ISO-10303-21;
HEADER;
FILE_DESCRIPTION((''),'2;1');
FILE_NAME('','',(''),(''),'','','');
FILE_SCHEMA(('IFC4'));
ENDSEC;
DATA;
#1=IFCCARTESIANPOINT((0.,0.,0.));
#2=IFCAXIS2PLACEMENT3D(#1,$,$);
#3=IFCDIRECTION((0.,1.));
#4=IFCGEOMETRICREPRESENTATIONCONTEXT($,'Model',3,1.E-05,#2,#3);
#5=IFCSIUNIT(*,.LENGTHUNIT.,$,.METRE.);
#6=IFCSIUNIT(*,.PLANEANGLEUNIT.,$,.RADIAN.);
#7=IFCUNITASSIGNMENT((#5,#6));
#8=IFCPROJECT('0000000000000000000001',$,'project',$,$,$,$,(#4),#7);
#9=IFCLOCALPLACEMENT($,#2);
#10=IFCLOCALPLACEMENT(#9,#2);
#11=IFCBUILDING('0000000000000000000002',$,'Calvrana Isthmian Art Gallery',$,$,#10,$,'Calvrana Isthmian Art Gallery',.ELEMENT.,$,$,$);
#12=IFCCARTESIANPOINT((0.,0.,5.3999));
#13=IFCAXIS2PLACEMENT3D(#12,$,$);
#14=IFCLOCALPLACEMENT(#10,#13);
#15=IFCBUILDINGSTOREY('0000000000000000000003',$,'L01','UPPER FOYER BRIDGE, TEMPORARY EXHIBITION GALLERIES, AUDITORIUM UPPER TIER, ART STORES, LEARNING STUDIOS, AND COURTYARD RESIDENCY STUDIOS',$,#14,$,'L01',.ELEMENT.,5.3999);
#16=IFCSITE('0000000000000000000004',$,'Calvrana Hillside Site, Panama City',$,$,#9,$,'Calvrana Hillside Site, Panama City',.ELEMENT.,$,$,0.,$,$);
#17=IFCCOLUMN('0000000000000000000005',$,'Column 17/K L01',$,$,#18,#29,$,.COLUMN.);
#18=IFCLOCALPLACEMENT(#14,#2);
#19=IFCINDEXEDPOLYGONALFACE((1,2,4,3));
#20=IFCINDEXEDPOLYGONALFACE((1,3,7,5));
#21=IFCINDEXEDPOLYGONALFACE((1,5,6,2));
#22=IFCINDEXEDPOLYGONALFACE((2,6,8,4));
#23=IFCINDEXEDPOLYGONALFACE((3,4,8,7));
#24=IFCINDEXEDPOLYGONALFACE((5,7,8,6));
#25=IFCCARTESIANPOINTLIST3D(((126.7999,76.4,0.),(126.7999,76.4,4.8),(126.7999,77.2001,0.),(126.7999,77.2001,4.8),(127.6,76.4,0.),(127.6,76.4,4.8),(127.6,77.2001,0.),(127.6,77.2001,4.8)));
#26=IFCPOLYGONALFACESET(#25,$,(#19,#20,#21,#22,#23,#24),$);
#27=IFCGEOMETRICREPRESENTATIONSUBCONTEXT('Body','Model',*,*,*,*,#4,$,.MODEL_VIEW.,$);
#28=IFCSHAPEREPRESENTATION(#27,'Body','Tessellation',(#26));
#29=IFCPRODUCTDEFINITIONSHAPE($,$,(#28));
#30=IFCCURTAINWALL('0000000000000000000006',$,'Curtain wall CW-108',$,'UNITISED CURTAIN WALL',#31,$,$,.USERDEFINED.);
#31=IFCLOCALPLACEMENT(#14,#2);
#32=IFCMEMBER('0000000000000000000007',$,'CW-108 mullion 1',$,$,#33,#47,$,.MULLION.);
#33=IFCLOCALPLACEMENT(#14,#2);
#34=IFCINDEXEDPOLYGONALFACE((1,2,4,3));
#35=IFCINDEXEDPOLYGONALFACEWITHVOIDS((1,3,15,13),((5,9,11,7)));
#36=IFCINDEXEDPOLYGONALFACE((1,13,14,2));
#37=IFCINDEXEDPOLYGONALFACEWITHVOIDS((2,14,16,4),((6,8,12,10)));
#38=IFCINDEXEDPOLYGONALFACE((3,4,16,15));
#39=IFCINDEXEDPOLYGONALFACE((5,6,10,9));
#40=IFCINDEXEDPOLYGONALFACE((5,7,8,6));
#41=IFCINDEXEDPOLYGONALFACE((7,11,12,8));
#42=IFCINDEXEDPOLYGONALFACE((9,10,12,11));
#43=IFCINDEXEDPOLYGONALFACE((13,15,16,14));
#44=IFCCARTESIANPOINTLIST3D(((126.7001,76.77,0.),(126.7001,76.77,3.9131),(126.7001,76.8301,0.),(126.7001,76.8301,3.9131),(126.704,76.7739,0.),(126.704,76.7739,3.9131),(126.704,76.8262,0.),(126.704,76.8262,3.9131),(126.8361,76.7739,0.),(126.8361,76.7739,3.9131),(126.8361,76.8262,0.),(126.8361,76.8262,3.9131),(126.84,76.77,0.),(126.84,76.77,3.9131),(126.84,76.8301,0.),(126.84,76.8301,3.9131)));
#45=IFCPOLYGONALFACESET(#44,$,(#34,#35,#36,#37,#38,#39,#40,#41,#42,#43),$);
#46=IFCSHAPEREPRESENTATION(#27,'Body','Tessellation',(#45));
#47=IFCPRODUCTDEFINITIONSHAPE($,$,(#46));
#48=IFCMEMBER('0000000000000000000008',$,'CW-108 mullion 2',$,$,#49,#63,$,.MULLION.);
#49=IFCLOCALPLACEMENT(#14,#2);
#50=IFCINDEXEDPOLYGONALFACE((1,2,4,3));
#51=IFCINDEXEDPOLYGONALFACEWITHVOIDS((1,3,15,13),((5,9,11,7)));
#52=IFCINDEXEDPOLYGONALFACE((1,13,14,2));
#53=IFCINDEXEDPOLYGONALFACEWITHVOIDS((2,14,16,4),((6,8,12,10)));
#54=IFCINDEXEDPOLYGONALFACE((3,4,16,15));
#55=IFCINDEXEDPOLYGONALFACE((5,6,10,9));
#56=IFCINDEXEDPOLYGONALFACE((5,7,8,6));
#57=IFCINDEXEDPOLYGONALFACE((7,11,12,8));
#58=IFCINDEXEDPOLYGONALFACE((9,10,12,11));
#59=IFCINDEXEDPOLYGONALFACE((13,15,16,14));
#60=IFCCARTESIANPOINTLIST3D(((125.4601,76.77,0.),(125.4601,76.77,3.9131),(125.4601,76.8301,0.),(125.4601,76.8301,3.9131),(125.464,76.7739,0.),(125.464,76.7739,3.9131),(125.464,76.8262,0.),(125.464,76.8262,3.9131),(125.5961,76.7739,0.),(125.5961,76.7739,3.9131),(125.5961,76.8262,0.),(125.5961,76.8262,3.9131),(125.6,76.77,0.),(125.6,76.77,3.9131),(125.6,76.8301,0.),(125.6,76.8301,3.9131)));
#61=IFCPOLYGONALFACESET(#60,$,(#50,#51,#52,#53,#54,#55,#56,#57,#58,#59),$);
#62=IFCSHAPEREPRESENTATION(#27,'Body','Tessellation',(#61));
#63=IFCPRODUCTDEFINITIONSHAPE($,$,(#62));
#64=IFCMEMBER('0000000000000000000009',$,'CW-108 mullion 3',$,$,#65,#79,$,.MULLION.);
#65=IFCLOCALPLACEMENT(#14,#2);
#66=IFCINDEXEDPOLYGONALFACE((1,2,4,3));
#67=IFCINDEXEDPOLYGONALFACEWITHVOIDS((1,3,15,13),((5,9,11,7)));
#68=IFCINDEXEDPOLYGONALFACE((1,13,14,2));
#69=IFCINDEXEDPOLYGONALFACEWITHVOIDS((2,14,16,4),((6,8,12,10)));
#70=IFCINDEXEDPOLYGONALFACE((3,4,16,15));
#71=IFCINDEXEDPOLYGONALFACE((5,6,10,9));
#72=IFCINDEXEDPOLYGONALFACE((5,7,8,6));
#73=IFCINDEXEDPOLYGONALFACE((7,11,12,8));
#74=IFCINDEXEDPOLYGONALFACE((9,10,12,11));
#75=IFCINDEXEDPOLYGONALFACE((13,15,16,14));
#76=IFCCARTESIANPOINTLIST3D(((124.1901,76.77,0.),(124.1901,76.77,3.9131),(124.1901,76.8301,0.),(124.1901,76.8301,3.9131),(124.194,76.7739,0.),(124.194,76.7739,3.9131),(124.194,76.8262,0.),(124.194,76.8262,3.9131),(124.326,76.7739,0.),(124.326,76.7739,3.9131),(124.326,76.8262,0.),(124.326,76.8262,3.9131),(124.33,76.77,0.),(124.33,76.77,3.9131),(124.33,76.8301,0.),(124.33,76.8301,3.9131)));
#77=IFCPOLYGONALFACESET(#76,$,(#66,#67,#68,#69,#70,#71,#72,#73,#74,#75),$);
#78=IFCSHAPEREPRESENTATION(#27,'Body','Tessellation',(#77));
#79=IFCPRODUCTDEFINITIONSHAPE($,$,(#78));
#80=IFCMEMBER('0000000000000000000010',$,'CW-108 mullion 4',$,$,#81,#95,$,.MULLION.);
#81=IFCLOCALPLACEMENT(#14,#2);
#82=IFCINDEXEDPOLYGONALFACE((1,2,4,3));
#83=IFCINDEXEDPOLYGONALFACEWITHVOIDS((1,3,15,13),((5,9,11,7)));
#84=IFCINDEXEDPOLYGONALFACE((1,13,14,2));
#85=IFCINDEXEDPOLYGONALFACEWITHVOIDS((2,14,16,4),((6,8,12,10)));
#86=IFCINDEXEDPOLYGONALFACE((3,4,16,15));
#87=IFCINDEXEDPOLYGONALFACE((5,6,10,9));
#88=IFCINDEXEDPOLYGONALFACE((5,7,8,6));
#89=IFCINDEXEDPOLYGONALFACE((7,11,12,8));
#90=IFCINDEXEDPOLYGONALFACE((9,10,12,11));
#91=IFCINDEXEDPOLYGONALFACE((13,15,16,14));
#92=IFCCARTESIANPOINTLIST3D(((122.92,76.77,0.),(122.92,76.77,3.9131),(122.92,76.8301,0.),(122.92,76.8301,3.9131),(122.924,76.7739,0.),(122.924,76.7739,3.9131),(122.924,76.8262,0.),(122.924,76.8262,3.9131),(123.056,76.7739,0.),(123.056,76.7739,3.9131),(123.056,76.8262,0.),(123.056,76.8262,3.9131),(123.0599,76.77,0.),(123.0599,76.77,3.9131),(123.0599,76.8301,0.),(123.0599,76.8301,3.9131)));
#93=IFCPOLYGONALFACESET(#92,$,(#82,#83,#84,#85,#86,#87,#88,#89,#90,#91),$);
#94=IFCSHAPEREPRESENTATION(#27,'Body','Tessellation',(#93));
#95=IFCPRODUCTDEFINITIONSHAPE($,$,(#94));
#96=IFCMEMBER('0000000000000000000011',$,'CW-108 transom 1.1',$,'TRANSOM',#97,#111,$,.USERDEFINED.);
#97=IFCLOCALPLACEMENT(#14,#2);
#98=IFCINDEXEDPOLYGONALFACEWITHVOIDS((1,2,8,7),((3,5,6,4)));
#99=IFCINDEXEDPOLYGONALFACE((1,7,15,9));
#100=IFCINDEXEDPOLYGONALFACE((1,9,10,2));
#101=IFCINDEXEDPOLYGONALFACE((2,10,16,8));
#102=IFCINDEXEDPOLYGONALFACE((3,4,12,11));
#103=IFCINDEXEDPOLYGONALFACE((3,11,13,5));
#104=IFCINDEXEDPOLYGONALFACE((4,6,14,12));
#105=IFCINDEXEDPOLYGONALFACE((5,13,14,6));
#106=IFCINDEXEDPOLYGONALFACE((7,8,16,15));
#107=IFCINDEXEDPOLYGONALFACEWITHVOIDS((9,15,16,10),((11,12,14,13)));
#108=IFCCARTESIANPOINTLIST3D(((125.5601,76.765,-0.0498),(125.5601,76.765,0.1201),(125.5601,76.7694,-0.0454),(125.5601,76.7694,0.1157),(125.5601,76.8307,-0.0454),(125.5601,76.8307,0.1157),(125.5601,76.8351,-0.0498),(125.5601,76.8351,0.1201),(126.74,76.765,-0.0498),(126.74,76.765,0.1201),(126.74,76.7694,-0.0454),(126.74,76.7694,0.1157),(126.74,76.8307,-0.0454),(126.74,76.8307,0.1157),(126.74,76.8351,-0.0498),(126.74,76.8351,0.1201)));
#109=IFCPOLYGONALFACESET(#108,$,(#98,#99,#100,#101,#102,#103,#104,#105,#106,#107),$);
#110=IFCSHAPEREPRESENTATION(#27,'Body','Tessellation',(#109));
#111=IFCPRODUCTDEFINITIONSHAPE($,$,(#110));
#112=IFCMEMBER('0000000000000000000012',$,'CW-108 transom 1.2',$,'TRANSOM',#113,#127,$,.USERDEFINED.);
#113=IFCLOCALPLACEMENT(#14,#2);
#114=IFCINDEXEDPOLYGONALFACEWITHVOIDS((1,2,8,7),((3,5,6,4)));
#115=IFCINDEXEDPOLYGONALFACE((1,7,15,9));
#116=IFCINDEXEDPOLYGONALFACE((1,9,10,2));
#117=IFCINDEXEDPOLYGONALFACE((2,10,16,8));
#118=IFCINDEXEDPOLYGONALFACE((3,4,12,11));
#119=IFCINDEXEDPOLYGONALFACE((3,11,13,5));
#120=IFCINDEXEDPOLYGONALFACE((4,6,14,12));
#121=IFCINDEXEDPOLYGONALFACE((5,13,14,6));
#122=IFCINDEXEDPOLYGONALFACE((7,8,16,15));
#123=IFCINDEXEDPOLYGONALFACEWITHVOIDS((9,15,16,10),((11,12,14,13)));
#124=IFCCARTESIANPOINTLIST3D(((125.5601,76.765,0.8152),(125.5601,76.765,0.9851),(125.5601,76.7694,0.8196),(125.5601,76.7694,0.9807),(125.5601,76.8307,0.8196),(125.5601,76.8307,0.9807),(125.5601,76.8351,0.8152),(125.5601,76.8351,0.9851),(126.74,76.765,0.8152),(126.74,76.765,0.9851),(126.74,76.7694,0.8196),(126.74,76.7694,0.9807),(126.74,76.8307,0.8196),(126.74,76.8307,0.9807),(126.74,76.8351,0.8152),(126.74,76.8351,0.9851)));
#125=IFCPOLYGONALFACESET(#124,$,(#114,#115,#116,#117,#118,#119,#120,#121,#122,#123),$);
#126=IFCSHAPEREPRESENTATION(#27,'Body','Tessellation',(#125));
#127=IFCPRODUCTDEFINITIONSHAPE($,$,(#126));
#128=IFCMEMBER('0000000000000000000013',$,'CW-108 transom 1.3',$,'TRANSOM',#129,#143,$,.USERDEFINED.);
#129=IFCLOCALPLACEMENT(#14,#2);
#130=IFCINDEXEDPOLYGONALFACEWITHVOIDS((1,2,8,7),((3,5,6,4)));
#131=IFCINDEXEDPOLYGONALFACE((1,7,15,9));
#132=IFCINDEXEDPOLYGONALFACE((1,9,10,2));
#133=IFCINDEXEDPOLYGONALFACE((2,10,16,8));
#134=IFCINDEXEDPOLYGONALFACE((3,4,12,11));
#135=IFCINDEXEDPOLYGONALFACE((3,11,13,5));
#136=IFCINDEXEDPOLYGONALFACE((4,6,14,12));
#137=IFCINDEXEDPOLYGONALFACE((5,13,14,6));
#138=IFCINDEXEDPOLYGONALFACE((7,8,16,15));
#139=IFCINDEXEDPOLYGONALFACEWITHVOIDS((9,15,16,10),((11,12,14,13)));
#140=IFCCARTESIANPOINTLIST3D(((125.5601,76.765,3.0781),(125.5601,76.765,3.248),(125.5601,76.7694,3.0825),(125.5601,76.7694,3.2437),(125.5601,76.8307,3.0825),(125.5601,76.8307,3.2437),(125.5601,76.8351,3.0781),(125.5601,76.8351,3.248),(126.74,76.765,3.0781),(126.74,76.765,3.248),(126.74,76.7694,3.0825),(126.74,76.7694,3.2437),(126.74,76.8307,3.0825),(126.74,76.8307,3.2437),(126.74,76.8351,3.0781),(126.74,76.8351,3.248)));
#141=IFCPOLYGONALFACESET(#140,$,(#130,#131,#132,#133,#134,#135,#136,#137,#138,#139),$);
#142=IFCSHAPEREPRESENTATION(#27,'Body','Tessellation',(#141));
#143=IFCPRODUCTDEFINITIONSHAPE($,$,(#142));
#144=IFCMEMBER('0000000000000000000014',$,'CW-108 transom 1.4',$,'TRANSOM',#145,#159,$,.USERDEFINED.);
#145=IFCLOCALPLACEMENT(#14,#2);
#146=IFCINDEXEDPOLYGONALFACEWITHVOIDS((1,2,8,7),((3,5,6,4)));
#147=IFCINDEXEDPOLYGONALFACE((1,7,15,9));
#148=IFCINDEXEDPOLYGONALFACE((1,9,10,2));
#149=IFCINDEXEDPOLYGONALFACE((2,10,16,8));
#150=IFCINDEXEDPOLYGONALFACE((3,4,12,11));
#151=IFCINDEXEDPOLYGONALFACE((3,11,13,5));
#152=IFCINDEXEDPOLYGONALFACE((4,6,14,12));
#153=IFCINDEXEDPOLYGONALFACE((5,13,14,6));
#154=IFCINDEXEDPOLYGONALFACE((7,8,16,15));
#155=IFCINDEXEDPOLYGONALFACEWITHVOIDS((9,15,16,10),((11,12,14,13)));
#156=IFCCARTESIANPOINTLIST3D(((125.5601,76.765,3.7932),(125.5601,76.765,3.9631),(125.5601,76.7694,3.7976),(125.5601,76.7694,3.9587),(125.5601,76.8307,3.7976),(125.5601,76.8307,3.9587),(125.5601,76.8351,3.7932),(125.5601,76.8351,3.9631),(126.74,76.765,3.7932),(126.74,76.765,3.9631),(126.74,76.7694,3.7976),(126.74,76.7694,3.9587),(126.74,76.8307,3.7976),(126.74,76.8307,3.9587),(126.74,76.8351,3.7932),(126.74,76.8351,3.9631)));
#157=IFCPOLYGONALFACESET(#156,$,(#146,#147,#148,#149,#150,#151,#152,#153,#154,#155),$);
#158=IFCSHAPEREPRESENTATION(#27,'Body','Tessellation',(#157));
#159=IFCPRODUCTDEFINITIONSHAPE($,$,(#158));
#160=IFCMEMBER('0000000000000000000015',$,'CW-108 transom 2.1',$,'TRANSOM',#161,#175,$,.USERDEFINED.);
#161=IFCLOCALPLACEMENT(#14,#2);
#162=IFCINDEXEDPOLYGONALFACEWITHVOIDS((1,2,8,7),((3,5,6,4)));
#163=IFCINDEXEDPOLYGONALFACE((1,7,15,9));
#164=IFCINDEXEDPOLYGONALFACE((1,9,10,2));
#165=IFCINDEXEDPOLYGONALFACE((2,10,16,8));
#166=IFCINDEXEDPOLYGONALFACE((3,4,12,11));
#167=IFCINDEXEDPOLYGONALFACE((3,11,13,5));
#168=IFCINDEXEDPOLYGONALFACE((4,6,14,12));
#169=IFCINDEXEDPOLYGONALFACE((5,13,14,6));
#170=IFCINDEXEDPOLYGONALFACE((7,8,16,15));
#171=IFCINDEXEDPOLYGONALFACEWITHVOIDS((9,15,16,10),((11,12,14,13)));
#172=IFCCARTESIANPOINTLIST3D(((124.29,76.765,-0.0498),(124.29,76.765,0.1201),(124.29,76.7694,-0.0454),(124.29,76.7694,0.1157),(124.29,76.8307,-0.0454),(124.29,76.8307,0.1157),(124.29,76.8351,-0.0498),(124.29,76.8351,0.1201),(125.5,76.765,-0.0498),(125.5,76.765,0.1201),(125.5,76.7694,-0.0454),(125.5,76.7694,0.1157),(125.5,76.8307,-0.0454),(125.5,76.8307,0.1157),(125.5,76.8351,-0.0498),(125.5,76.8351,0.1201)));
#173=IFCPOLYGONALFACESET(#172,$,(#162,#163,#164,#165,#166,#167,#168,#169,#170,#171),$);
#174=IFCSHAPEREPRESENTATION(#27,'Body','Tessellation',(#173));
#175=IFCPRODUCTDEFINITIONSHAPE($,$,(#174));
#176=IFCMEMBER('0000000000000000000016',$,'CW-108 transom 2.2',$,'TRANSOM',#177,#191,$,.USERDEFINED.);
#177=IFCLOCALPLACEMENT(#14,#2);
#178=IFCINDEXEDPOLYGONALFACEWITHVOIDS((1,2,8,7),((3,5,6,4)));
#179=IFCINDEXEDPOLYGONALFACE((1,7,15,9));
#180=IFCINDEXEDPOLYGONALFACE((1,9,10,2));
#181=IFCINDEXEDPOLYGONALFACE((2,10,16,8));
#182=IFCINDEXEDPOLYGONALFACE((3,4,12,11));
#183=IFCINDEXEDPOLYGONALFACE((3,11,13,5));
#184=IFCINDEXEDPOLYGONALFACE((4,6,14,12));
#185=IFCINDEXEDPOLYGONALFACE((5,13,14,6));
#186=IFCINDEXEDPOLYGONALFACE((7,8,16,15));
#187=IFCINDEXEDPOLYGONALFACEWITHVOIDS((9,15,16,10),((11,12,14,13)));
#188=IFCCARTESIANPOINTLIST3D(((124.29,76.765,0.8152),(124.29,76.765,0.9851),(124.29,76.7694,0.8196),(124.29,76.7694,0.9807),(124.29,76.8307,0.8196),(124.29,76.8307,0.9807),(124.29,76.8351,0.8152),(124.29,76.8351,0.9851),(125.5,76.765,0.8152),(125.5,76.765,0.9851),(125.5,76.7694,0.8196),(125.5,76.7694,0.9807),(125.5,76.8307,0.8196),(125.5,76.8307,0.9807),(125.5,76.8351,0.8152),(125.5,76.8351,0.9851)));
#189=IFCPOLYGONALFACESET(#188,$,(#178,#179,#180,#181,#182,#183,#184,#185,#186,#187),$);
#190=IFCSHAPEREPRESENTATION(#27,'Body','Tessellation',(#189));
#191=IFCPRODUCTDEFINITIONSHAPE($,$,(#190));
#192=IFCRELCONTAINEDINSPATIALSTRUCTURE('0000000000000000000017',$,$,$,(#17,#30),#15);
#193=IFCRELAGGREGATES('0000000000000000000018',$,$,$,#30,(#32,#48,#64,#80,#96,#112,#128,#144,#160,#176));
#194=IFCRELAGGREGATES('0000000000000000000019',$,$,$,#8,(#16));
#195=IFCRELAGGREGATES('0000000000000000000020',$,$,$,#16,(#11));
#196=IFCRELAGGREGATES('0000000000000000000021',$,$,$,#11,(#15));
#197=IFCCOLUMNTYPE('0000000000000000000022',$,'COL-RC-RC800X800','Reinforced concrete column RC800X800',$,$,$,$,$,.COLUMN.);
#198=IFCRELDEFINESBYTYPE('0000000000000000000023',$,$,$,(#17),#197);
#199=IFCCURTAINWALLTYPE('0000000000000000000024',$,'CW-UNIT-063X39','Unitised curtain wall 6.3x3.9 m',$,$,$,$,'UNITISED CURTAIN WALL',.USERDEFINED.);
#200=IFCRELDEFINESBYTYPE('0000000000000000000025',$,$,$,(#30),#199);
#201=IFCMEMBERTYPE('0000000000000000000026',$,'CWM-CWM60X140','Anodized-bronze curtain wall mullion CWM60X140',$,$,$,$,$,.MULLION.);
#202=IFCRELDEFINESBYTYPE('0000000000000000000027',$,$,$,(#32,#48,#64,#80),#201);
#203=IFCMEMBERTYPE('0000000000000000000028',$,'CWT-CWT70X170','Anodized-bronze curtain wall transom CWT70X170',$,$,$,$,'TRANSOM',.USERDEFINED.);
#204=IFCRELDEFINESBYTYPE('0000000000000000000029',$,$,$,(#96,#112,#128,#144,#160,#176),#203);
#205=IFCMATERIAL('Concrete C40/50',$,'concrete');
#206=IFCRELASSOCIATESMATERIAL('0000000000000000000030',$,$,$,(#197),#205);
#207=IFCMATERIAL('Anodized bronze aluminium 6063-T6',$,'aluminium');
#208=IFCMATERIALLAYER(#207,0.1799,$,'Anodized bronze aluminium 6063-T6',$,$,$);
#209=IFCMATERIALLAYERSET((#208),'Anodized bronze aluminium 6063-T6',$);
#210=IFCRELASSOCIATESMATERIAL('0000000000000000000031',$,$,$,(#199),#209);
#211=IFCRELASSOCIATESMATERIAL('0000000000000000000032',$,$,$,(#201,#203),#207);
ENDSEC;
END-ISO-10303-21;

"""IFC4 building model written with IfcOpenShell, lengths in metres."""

from ifc_helpers import new_model, si_unit, direction, frame, origin, origin_2d, place, context, subcontext, project, spatial, rectangle, hollow_rectangle, extrude, material, layer, layer_set, material_profile, profile_set, type_object, element, aggregate, save


model = new_model("IFC4")

# Units and contexts
model_context = context("Model", 3, precision=1e-05, world=origin(), true_north=direction((0.0, 1.0)))
body_context = subcontext(model_context, "Body", "Model", "MODEL_VIEW")
ifc_project = project(units=[si_unit("LENGTHUNIT", "METRE"), si_unit("PLANEANGLEUNIT", "RADIAN")], contexts=[model_context])

# Site, building, storey
site_placement = place(None, origin())
site = spatial("IfcSite", under=ifc_project, at=site_placement, Name="Calvrana Hillside Site, Panama City", LongName="Calvrana Hillside Site, Panama City", CompositionType="ELEMENT", RefElevation=0.0)
building_placement = place(site_placement, origin())
building = spatial("IfcBuilding", under=site, at=building_placement, Name="Calvrana Isthmian Art Gallery", LongName="Calvrana Isthmian Art Gallery", CompositionType="ELEMENT")
storey_placement = place(building_placement, frame((0.0, 0.0, 5.3999)))
storey = spatial("IfcBuildingStorey", under=building, at=storey_placement, Name="L01", Description="UPPER FOYER BRIDGE, TEMPORARY EXHIBITION GALLERIES, AUDITORIUM UPPER TIER, ART STORES, LEARNING STUDIOS, AND COURTYARD RESIDENCY STUDIOS", LongName="L01", CompositionType="ELEMENT", Elevation=5.3999)

# Column
ifc_material_1 = material(Name="Concrete C40/50", Category="concrete")
ifc_material_profile_1 = material_profile(ifc_material_1, rectangle(XDim=0.8, YDim=0.8, at=origin_2d()), Name="RC800X800")
ifc_profile_set_1 = profile_set([ifc_material_profile_1], Name="Concrete C40/50")
column_type = type_object("IfcColumnType", Name="COL-RC-RC800X800", Description="Reinforced concrete column RC800X800", PredefinedType="COLUMN", material=ifc_profile_set_1)
column_placement = place(storey_placement, frame((127.2, 76.8, 0.0), z_axis=(0.0, 0.0, 1.0), x_axis=(1.0, 0.0, 0.0)))
element("IfcColumn", 1, at=column_placement, inside=storey, type_object=column_type, Name="Column 17/K L01", PredefinedType="COLUMN", context=body_context, shape_type="SweptSolid", body=[
    extrude(rectangle(XDim=0.8, YDim=0.8, at=origin_2d()), origin(), (0.0, 0.0, 1.0), 4.8),
])

# Curtain wall, members
ifc_material_2 = material(Name="Anodized bronze aluminium 6063-T6", Category="aluminium")
ifc_layer_1 = layer(ifc_material_2, 0.1799, Name="Anodized bronze aluminium 6063-T6")
ifc_layer_set_1 = layer_set([ifc_layer_1], Name="Anodized bronze aluminium 6063-T6")
curtain_wall_type = type_object("IfcCurtainWallType", Name="CW-UNIT-063X39", Description="Unitised curtain wall 6.3x3.9 m", ElementType="UNITISED CURTAIN WALL", PredefinedType="USERDEFINED", material=ifc_layer_set_1)
curtain_wall_placement = place(storey_placement, origin())
curtain_wall = element("IfcCurtainWall", 2, at=curtain_wall_placement, inside=storey, type_object=curtain_wall_type, Name="Curtain wall CW-108", ObjectType="UNITISED CURTAIN WALL", PredefinedType="USERDEFINED")
ifc_material_profile_2 = material_profile(ifc_material_2, hollow_rectangle(XDim=0.0601, YDim=0.1399, WallThickness=0.0039, at=origin_2d()), Name="CWM60X140")
ifc_profile_set_2 = profile_set([ifc_material_profile_2], Name="Anodized bronze aluminium 6063-T6")
member_type_1 = type_object("IfcMemberType", Name="CWM-CWM60X140", Description="Anodized-bronze curtain wall mullion CWM60X140", PredefinedType="MULLION", material=ifc_profile_set_2)
member_1_placement = place(storey_placement, frame((126.77, 76.8, 0.0), z_axis=(0.0, 0.0, 1.0), x_axis=(0.0, -1.0, 0.0)))
member_1 = element("IfcMember", 3, at=member_1_placement, type_object=member_type_1, Name="CW-108 mullion 1", PredefinedType="MULLION", context=body_context, shape_type="SweptSolid", body=[
    extrude(hollow_rectangle(XDim=0.0601, YDim=0.1399, WallThickness=0.0039, at=origin_2d()), origin(), (0.0, 0.0, 1.0), 3.9131),
])
member_2_placement = place(storey_placement, frame((125.53, 76.8, 0.0), z_axis=(0.0, 0.0, 1.0), x_axis=(0.0, -1.0, 0.0)))
member_2 = element("IfcMember", 4, at=member_2_placement, type_object=member_type_1, Name="CW-108 mullion 2", PredefinedType="MULLION", context=body_context, shape_type="SweptSolid", body=[
    extrude(hollow_rectangle(XDim=0.0601, YDim=0.1399, WallThickness=0.0039, at=origin_2d()), origin(), (0.0, 0.0, 1.0), 3.9131),
])
member_3_placement = place(storey_placement, frame((124.26, 76.8, 0.0), z_axis=(0.0, 0.0, 1.0), x_axis=(0.0, -1.0, 0.0)))
member_3 = element("IfcMember", 5, at=member_3_placement, type_object=member_type_1, Name="CW-108 mullion 3", PredefinedType="MULLION", context=body_context, shape_type="SweptSolid", body=[
    extrude(hollow_rectangle(XDim=0.0601, YDim=0.1399, WallThickness=0.0039, at=origin_2d()), origin(), (0.0, 0.0, 1.0), 3.9131),
])
member_4_placement = place(storey_placement, frame((122.99, 76.8, 0.0), z_axis=(0.0, 0.0, 1.0), x_axis=(0.0, -1.0, 0.0)))
member_4 = element("IfcMember", 6, at=member_4_placement, type_object=member_type_1, Name="CW-108 mullion 4", PredefinedType="MULLION", context=body_context, shape_type="SweptSolid", body=[
    extrude(hollow_rectangle(XDim=0.0601, YDim=0.1399, WallThickness=0.0039, at=origin_2d()), origin(), (0.0, 0.0, 1.0), 3.9131),
])
ifc_material_profile_3 = material_profile(ifc_material_2, hollow_rectangle(XDim=0.0701, YDim=0.1699, WallThickness=0.0044, at=origin_2d()), Name="CWT70X170")
ifc_profile_set_3 = profile_set([ifc_material_profile_3], Name="Anodized bronze aluminium 6063-T6")
member_type_2 = type_object("IfcMemberType", Name="CWT-CWT70X170", Description="Anodized-bronze curtain wall transom CWT70X170", ElementType="TRANSOM", PredefinedType="USERDEFINED", material=ifc_profile_set_3)
member_5_placement = place(storey_placement, frame((126.74, 76.8, 0.0352), z_axis=(-1.0, 0.0, 0.0), x_axis=(0.0, -1.0, 0.0)))
member_5 = element("IfcMember", 7, at=member_5_placement, type_object=member_type_2, Name="CW-108 transom 1.1", ObjectType="TRANSOM", PredefinedType="USERDEFINED", context=body_context, shape_type="SweptSolid", body=[
    extrude(hollow_rectangle(XDim=0.0701, YDim=0.1699, WallThickness=0.0044, at=origin_2d()), origin(), (0.0, 0.0, 1.0), 1.1799),
])
member_6_placement = place(storey_placement, frame((126.74, 76.8, 0.9001), z_axis=(-1.0, 0.0, 0.0), x_axis=(0.0, -1.0, 0.0)))
member_6 = element("IfcMember", 8, at=member_6_placement, type_object=member_type_2, Name="CW-108 transom 1.2", ObjectType="TRANSOM", PredefinedType="USERDEFINED", context=body_context, shape_type="SweptSolid", body=[
    extrude(hollow_rectangle(XDim=0.0701, YDim=0.1699, WallThickness=0.0044, at=origin_2d()), origin(), (0.0, 0.0, 1.0), 1.1799),
])
member_7_placement = place(storey_placement, frame((126.74, 76.8, 3.1631), z_axis=(-1.0, 0.0, 0.0), x_axis=(0.0, -1.0, 0.0)))
member_7 = element("IfcMember", 9, at=member_7_placement, type_object=member_type_2, Name="CW-108 transom 1.3", ObjectType="TRANSOM", PredefinedType="USERDEFINED", context=body_context, shape_type="SweptSolid", body=[
    extrude(hollow_rectangle(XDim=0.0701, YDim=0.1699, WallThickness=0.0044, at=origin_2d()), origin(), (0.0, 0.0, 1.0), 1.1799),
])
member_8_placement = place(storey_placement, frame((126.74, 76.8, 3.8782), z_axis=(-1.0, 0.0, 0.0), x_axis=(0.0, -1.0, 0.0)))
member_8 = element("IfcMember", 10, at=member_8_placement, type_object=member_type_2, Name="CW-108 transom 1.4", ObjectType="TRANSOM", PredefinedType="USERDEFINED", context=body_context, shape_type="SweptSolid", body=[
    extrude(hollow_rectangle(XDim=0.0701, YDim=0.1699, WallThickness=0.0044, at=origin_2d()), origin(), (0.0, 0.0, 1.0), 1.1799),
])
member_9_placement = place(storey_placement, frame((125.5, 76.8, 0.0352), z_axis=(-1.0, 0.0, 0.0), x_axis=(0.0, -1.0, 0.0)))
member_9 = element("IfcMember", 11, at=member_9_placement, type_object=member_type_2, Name="CW-108 transom 2.1", ObjectType="TRANSOM", PredefinedType="USERDEFINED", context=body_context, shape_type="SweptSolid", body=[
    extrude(hollow_rectangle(XDim=0.0701, YDim=0.1699, WallThickness=0.0044, at=origin_2d()), origin(), (0.0, 0.0, 1.0), 1.21),
])
member_10_placement = place(storey_placement, frame((125.5, 76.8, 0.9001), z_axis=(-1.0, 0.0, 0.0), x_axis=(0.0, -1.0, 0.0)))
member_10 = element("IfcMember", 12, at=member_10_placement, type_object=member_type_2, Name="CW-108 transom 2.2", ObjectType="TRANSOM", PredefinedType="USERDEFINED", context=body_context, shape_type="SweptSolid", body=[
    extrude(hollow_rectangle(XDim=0.0701, YDim=0.1699, WallThickness=0.0044, at=origin_2d()), origin(), (0.0, 0.0, 1.0), 1.21),
])
aggregate(curtain_wall, [member_1, member_2, member_3, member_4, member_5, member_6, member_7, member_8, member_9, member_10])

save(model, "model.ifc")
